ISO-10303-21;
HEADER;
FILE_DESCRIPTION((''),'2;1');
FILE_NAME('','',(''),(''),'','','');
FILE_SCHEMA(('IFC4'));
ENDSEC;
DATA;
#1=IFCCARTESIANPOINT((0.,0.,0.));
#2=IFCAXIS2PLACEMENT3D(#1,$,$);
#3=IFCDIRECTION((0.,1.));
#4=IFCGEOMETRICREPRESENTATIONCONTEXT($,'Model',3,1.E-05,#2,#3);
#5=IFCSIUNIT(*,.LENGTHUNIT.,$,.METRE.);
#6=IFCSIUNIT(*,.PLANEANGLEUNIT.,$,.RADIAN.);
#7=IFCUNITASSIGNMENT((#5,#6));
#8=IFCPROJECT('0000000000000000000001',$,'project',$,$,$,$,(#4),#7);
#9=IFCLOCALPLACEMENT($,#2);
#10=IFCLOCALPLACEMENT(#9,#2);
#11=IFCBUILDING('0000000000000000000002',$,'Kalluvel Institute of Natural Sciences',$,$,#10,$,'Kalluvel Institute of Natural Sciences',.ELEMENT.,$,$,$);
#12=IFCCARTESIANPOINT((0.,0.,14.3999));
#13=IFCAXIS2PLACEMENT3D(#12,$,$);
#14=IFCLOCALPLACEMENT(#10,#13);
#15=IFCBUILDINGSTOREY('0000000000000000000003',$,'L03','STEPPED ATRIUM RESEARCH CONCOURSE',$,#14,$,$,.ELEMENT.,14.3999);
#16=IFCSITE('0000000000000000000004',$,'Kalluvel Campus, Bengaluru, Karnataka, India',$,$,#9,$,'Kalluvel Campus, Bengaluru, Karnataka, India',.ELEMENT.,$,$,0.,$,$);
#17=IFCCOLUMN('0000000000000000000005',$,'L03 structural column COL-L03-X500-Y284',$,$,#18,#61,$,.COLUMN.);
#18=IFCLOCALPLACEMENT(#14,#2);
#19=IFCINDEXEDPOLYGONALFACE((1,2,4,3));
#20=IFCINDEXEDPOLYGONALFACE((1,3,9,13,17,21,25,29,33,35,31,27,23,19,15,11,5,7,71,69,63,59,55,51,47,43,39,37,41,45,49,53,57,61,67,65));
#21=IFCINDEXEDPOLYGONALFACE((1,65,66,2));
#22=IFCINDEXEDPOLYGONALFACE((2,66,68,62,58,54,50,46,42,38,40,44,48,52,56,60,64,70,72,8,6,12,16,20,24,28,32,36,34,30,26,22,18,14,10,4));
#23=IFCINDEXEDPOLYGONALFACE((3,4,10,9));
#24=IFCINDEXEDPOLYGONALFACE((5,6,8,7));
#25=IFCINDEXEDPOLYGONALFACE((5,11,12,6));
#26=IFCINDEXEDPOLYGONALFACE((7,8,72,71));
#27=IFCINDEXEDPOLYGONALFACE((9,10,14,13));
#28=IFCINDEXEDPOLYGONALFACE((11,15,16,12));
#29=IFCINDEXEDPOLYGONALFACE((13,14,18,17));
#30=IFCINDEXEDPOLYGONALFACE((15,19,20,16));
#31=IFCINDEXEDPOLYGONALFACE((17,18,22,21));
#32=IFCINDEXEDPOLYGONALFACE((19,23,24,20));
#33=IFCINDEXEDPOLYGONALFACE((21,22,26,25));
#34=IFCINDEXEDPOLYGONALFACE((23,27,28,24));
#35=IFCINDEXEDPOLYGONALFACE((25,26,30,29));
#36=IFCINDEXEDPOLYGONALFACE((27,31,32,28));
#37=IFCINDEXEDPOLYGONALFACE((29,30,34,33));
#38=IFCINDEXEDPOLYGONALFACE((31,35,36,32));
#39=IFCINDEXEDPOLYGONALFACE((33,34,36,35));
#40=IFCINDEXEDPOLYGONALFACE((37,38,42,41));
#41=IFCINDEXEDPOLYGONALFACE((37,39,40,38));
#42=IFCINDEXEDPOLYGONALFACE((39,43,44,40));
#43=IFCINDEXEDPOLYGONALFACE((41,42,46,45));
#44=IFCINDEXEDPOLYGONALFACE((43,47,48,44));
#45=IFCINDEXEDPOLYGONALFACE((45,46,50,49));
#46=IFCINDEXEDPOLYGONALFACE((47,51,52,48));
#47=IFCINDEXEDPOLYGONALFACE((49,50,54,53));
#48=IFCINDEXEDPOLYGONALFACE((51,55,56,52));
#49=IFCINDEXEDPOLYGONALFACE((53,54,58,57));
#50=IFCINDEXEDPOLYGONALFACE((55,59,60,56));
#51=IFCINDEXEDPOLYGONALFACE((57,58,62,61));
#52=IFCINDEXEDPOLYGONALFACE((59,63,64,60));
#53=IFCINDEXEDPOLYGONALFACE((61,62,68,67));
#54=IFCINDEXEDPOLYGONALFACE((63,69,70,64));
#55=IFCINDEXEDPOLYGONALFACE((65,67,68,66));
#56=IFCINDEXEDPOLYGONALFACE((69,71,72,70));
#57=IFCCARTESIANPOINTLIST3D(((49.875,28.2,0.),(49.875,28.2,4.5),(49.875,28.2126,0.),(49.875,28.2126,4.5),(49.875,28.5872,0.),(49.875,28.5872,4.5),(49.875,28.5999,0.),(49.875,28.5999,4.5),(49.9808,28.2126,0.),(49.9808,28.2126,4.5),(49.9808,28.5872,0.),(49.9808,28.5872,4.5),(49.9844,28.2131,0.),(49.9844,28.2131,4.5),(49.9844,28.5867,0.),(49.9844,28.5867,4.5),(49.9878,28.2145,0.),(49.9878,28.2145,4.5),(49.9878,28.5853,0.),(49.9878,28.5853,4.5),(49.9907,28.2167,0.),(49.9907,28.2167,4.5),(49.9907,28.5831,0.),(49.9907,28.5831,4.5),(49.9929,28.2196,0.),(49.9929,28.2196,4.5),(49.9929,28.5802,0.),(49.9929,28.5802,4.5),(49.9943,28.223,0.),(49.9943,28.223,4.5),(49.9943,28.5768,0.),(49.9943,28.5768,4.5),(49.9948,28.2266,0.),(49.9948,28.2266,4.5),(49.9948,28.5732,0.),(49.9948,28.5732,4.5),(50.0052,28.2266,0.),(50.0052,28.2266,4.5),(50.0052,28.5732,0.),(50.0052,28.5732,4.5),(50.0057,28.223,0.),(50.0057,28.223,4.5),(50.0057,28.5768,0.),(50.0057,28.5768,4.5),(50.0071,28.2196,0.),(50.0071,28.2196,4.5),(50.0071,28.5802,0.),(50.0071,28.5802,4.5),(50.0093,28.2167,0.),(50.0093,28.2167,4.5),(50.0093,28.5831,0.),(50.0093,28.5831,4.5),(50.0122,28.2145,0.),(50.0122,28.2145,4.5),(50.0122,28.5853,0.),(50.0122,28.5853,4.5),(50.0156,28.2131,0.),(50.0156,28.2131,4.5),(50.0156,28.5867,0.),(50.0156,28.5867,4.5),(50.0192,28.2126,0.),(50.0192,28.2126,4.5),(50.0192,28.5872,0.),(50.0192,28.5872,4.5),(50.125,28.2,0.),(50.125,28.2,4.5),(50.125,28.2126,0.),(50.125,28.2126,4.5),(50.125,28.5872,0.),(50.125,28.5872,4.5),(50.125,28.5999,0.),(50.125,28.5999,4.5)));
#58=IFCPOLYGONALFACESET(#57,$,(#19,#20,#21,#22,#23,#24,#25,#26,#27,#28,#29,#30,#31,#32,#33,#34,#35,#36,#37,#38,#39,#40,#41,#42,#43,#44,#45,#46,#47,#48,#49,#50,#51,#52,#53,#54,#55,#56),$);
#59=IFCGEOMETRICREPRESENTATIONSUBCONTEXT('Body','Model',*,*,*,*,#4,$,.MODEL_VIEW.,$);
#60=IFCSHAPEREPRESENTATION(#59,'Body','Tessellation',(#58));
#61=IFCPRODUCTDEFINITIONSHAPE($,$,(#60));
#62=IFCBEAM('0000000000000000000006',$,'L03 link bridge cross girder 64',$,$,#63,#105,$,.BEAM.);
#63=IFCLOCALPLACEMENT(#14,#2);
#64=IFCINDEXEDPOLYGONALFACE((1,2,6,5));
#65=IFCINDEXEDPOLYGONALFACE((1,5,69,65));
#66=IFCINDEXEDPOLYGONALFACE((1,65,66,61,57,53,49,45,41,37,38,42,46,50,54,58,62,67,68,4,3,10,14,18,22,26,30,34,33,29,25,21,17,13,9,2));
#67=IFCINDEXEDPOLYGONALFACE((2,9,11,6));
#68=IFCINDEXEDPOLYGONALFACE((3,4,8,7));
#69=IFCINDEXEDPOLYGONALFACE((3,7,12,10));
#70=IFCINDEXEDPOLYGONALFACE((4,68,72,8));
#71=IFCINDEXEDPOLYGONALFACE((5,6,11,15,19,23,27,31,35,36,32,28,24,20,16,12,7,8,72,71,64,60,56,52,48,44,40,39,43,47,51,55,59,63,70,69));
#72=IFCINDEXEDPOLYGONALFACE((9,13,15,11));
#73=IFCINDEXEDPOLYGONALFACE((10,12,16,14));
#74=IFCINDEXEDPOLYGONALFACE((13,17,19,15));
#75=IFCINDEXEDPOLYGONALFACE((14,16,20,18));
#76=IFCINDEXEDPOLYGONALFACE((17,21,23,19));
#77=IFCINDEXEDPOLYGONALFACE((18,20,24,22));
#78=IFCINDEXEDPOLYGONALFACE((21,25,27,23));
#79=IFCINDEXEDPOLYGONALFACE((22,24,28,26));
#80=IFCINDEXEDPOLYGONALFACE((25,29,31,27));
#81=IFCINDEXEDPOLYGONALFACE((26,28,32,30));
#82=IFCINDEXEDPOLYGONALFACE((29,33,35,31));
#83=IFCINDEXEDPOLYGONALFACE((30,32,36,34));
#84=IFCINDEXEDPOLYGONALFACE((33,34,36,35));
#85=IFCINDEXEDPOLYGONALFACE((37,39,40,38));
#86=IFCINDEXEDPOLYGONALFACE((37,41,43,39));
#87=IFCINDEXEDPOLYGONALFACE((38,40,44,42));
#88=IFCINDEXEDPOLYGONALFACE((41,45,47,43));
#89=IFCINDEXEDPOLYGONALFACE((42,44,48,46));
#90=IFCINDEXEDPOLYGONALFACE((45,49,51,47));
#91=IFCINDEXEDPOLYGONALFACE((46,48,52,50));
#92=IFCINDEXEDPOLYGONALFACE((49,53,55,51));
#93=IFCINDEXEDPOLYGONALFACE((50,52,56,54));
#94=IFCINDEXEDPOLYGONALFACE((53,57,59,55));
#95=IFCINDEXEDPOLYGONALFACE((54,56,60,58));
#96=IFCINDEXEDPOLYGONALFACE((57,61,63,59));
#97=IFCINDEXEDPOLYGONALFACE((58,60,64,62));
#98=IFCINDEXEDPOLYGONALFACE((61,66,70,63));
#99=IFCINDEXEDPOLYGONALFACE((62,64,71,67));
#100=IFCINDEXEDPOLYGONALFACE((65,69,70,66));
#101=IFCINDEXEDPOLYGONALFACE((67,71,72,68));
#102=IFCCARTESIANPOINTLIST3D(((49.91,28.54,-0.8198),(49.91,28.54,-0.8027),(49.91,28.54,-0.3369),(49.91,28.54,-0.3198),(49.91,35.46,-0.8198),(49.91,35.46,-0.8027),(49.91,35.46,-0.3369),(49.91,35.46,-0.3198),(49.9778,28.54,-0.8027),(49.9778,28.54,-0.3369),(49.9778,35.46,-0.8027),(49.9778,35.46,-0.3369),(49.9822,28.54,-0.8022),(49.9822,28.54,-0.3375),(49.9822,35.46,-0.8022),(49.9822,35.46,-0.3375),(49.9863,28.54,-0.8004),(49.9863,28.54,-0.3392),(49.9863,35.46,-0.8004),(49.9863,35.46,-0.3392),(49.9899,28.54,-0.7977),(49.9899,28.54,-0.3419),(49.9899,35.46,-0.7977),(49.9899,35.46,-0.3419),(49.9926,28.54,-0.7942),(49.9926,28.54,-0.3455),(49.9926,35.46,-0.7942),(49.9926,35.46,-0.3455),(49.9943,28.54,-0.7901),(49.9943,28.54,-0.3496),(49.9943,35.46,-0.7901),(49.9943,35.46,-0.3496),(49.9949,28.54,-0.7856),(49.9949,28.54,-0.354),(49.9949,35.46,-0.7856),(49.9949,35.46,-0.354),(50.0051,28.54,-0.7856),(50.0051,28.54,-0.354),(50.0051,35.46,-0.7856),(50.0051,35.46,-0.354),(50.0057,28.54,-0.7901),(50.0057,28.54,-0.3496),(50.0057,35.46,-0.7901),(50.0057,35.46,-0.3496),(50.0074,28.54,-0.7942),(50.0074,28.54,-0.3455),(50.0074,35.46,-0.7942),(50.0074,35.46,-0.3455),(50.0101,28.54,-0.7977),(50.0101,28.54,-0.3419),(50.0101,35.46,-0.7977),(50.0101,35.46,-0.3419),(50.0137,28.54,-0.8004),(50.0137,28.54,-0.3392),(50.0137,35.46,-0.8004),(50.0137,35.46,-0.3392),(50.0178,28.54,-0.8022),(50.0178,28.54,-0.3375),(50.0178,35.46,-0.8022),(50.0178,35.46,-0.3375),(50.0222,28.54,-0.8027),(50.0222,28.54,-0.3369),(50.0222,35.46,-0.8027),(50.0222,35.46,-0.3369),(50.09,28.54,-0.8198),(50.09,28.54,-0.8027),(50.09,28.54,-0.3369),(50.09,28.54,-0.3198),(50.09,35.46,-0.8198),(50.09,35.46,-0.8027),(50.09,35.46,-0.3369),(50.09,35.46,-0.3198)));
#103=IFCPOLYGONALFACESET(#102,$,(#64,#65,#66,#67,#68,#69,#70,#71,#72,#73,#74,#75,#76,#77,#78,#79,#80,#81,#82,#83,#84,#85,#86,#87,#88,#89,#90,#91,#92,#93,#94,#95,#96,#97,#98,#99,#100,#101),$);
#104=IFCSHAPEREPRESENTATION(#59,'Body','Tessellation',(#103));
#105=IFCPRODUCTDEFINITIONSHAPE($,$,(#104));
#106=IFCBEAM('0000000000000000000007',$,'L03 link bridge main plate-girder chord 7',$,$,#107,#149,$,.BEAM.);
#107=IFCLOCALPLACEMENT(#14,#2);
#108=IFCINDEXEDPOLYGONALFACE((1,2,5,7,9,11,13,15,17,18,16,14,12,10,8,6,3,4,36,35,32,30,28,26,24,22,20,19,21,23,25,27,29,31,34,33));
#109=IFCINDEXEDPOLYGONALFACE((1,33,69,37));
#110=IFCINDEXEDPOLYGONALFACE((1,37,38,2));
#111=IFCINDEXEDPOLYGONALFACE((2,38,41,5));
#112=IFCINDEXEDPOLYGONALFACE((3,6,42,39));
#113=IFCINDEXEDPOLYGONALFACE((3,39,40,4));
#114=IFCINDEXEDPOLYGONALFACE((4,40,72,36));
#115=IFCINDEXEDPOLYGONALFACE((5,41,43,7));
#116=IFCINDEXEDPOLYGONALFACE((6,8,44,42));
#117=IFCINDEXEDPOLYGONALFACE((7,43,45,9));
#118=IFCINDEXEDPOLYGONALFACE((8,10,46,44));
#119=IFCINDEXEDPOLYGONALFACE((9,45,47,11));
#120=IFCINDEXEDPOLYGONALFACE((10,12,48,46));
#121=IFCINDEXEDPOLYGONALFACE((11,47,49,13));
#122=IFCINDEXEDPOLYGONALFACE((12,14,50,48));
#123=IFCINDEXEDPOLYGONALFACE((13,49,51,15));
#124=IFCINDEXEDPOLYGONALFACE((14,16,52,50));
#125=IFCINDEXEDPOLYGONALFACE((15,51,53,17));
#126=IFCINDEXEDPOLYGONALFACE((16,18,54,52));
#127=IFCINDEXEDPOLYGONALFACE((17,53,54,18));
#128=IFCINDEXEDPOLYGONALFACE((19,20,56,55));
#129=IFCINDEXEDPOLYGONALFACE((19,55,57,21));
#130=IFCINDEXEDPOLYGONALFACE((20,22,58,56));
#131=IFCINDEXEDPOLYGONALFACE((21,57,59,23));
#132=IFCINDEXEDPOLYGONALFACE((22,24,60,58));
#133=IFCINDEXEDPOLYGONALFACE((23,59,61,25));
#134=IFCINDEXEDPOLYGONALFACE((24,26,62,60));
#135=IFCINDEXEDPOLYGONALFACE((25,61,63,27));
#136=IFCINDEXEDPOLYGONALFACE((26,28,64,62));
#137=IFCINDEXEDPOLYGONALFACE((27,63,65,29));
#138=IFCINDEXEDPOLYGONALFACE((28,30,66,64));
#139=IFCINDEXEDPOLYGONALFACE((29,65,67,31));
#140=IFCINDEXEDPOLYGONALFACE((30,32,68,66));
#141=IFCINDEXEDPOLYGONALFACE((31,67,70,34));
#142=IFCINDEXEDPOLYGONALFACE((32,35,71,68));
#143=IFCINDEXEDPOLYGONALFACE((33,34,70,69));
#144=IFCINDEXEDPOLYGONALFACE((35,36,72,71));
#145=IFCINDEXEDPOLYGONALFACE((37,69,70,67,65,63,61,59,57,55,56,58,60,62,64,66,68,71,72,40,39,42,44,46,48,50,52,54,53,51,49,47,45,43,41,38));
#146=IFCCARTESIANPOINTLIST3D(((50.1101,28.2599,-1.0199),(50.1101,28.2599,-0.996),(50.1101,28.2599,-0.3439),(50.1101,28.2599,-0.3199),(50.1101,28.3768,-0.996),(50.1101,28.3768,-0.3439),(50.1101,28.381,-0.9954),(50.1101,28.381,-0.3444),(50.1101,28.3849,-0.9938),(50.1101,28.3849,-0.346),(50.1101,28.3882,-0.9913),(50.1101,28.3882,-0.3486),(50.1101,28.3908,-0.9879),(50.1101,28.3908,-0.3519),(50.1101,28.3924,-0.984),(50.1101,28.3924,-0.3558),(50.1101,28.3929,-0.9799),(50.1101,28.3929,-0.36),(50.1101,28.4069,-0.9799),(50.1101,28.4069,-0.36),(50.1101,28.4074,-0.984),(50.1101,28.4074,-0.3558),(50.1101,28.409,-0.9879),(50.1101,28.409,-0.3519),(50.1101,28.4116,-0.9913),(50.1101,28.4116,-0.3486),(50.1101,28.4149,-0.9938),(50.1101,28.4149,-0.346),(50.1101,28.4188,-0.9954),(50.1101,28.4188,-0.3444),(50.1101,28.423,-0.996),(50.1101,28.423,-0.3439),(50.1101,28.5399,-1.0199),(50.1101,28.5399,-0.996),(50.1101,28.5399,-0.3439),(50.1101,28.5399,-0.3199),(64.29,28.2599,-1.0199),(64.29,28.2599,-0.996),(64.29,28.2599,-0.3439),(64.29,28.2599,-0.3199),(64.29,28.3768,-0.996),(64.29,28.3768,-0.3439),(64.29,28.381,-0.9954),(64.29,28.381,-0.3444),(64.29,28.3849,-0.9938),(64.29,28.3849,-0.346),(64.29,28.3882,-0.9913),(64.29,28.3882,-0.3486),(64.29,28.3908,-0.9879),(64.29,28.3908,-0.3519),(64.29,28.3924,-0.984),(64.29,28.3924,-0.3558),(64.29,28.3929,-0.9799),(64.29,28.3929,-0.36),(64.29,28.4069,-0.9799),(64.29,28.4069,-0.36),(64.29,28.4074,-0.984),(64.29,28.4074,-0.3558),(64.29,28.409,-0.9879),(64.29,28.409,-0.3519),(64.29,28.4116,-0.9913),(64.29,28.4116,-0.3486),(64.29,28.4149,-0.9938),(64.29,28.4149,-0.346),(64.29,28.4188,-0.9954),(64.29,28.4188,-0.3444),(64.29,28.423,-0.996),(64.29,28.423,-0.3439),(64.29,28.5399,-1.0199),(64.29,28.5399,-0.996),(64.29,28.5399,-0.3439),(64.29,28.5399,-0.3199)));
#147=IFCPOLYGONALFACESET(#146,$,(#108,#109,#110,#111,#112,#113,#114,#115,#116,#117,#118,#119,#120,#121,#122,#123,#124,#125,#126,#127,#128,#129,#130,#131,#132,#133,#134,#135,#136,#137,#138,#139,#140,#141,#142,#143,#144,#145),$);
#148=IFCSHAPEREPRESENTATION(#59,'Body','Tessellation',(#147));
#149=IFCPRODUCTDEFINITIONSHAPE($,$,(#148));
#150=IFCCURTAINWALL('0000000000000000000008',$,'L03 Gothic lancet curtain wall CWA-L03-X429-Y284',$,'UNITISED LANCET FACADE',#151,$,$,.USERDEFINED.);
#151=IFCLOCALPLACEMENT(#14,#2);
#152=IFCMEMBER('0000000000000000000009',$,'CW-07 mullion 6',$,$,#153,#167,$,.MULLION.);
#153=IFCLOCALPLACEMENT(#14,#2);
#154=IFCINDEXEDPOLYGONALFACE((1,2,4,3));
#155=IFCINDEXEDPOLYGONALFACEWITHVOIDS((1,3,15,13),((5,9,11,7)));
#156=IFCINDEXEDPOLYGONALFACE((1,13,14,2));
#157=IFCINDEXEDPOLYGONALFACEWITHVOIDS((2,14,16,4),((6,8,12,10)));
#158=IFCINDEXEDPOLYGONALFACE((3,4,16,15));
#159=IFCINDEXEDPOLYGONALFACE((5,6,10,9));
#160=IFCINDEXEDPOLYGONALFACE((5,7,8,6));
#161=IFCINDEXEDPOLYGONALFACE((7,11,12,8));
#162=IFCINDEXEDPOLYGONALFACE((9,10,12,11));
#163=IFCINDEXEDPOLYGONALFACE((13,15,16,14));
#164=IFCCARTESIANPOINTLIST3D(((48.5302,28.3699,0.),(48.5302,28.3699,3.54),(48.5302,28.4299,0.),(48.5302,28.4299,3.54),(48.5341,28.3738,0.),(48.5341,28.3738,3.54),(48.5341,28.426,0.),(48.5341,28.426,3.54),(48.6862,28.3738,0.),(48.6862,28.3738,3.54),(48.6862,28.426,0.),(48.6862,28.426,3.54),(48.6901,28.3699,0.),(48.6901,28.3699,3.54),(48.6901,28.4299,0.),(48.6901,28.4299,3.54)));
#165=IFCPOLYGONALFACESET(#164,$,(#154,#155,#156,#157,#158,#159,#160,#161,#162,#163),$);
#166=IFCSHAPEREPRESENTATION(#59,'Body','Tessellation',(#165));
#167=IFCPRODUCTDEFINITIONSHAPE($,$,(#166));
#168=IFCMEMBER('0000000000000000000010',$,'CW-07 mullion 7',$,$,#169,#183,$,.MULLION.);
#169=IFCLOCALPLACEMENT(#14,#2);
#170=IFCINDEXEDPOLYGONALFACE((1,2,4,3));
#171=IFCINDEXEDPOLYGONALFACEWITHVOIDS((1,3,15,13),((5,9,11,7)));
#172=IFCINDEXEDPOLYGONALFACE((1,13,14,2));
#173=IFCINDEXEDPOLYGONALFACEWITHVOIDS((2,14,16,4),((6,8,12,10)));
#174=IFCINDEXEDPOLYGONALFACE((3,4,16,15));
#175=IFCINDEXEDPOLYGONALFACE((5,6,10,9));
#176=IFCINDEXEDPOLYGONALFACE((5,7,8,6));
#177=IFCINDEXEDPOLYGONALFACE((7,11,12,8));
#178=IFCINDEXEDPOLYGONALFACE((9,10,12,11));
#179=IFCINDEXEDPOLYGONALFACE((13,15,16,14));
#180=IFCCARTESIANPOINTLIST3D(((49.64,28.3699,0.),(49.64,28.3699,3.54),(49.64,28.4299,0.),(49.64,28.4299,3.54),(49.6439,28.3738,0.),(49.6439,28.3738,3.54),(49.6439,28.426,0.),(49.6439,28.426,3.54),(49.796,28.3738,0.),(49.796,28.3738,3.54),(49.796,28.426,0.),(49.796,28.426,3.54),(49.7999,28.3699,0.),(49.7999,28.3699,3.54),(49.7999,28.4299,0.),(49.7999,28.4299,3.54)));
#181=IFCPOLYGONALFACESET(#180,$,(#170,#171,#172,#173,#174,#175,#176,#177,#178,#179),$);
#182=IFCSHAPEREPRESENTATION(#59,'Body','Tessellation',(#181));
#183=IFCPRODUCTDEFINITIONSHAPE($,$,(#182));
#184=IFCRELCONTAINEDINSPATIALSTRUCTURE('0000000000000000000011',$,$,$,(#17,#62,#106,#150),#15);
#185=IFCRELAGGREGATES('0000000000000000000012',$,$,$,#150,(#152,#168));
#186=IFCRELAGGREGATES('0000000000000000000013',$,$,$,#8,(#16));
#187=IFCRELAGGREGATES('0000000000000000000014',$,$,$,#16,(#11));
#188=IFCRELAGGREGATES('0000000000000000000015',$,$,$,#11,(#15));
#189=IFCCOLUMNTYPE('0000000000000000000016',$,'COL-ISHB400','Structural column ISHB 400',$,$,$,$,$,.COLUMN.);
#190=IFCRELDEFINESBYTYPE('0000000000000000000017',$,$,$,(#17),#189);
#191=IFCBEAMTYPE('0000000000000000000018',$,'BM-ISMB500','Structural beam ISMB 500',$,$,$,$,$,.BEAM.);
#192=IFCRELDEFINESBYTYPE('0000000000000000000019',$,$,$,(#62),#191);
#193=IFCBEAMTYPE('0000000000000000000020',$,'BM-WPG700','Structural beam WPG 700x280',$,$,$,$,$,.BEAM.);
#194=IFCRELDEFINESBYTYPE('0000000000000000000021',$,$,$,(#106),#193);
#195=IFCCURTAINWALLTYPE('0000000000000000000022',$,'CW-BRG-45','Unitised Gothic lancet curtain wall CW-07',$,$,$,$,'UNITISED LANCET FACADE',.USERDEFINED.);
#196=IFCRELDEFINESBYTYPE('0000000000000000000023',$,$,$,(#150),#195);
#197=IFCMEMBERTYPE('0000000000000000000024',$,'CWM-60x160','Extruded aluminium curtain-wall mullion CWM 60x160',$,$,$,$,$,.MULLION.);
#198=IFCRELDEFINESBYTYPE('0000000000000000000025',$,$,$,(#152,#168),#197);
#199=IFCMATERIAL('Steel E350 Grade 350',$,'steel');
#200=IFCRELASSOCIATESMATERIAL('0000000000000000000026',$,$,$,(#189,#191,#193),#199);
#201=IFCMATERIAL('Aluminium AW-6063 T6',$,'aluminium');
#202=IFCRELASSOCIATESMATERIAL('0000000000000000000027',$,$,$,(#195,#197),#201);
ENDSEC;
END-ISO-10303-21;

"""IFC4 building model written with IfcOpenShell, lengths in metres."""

from ifc_helpers import new_model, si_unit, direction, frame, origin, origin_2d, place, context, subcontext, project, spatial, hollow_rectangle, i_section, extrude, material, material_profile, profile_set, type_object, element, aggregate, save


model = new_model("IFC4")

# Units and contexts
model_context = context("Model", 3, precision=1e-05, world=origin(), true_north=direction((0.0, 1.0)))
body_context = subcontext(model_context, "Body", "Model", "MODEL_VIEW")
ifc_project = project(units=[si_unit("LENGTHUNIT", "METRE"), si_unit("PLANEANGLEUNIT", "RADIAN")], contexts=[model_context])

# Site, building, storey
site_placement = place(None, origin())
site = spatial("IfcSite", under=ifc_project, at=site_placement, Name="Kalluvel Campus, Bengaluru, Karnataka, India", LongName="Kalluvel Campus, Bengaluru, Karnataka, India", CompositionType="ELEMENT", RefElevation=0.0)
building_placement = place(site_placement, origin())
building = spatial("IfcBuilding", under=site, at=building_placement, Name="Kalluvel Institute of Natural Sciences", LongName="Kalluvel Institute of Natural Sciences", CompositionType="ELEMENT")
storey_placement = place(building_placement, frame((0.0, 0.0, 14.3999)))
storey = spatial("IfcBuildingStorey", under=building, at=storey_placement, Name="L03", Description="STEPPED ATRIUM RESEARCH CONCOURSE", CompositionType="ELEMENT", Elevation=14.3999)

# Column
ifc_material_1 = material(Name="Steel E350 Grade 350", Category="steel")
ifc_material_profile_1 = material_profile(ifc_material_1, i_section(OverallWidth=0.25, OverallDepth=0.3999, WebThickness=0.0105, FlangeThickness=0.0127, FilletRadius=0.0139, at=origin_2d()), Name="ISHB 400")
ifc_profile_set_1 = profile_set([ifc_material_profile_1], Name="Steel E350 Grade 350")
column_type = type_object("IfcColumnType", Name="COL-ISHB400", Description="Structural column ISHB 400", PredefinedType="COLUMN", material=ifc_profile_set_1)
column_placement = place(storey_placement, frame((50.0, 28.3999, 0.0), z_axis=(0.0, 0.0, 1.0), x_axis=(1.0, 0.0, 0.0)))
element("IfcColumn", 1, at=column_placement, inside=storey, type_object=column_type, Name="L03 structural column COL-L03-X500-Y284", PredefinedType="COLUMN", context=body_context, shape_type="SweptSolid", body=[
    extrude(i_section(OverallWidth=0.25, OverallDepth=0.3999, WebThickness=0.0105, FlangeThickness=0.0127, FilletRadius=0.0139, at=origin_2d()), origin(), (0.0, 0.0, 1.0), 4.5),
])

# Beams
ifc_material_profile_2 = material_profile(ifc_material_1, i_section(OverallWidth=0.1799, OverallDepth=0.5, WebThickness=0.0103, FlangeThickness=0.0171, FilletRadius=0.0171, at=origin_2d()), Name="ISMB 500")
ifc_profile_set_2 = profile_set([ifc_material_profile_2], Name="Steel E350 Grade 350")
beam_type_1 = type_object("IfcBeamType", Name="BM-ISMB500", Description="Structural beam ISMB 500", PredefinedType="BEAM", material=ifc_profile_set_2)
beam_1_placement = place(storey_placement, frame((50.0, 28.54, -0.5698), z_axis=(0.0, 1.0, 0.0), x_axis=(-1.0, 0.0, 0.0)))
element("IfcBeam", 2, at=beam_1_placement, inside=storey, type_object=beam_type_1, Name="L03 link bridge cross girder 64", PredefinedType="BEAM", context=body_context, shape_type="SweptSolid", body=[
    extrude(i_section(OverallWidth=0.1799, OverallDepth=0.5, WebThickness=0.0103, FlangeThickness=0.0171, FilletRadius=0.0171, at=origin_2d()), origin(), (0.0, 0.0, 1.0), 6.9199),
])
ifc_material_profile_3 = material_profile(ifc_material_1, i_section(OverallWidth=0.28, OverallDepth=0.7, WebThickness=0.0139, FlangeThickness=0.0239, FilletRadius=0.0161, at=origin_2d()), Name="WPG 700x280")
ifc_profile_set_3 = profile_set([ifc_material_profile_3], Name="Steel E350 Grade 350")
beam_type_2 = type_object("IfcBeamType", Name="BM-WPG700", Description="Structural beam WPG 700x280", PredefinedType="BEAM", material=ifc_profile_set_3)
beam_2_placement = place(storey_placement, frame((50.1101, 28.3999, -0.6699), z_axis=(1.0, 0.0, 0.0), x_axis=(0.0, 1.0, 0.0)))
element("IfcBeam", 3, at=beam_2_placement, inside=storey, type_object=beam_type_2, Name="L03 link bridge main plate-girder chord 7", PredefinedType="BEAM", context=body_context, shape_type="SweptSolid", body=[
    extrude(i_section(OverallWidth=0.28, OverallDepth=0.7, WebThickness=0.0139, FlangeThickness=0.0239, FilletRadius=0.0161, at=origin_2d()), origin(), (0.0, 0.0, 1.0), 14.1799),
])

# Curtain wall, members
ifc_material_2 = material(Name="Aluminium AW-6063 T6", Category="aluminium")
curtain_wall_type = type_object("IfcCurtainWallType", Name="CW-BRG-45", Description="Unitised Gothic lancet curtain wall CW-07", ElementType="UNITISED LANCET FACADE", PredefinedType="USERDEFINED", material=ifc_material_2)
curtain_wall_1_placement = place(storey_placement, origin())
curtain_wall_1 = element("IfcCurtainWall", 4, at=curtain_wall_1_placement, inside=storey, type_object=curtain_wall_type, Name="L03 Gothic lancet curtain wall CWA-L03-X429-Y284", ObjectType="UNITISED LANCET FACADE", PredefinedType="USERDEFINED")
ifc_material_profile_4 = material_profile(ifc_material_2, hollow_rectangle(XDim=0.0601, YDim=0.1599, WallThickness=0.0039, at=origin_2d()), Name="CWM 60x160")
ifc_profile_set_4 = profile_set([ifc_material_profile_4], Name="Aluminium AW-6063 T6")
member_type_1 = type_object("IfcMemberType", Name="CWM-60x160", Description="Extruded aluminium curtain-wall mullion CWM 60x160", PredefinedType="MULLION", material=ifc_profile_set_4)
member_1_placement = place(storey_placement, frame((48.6101, 28.3999, 0.0), z_axis=(0.0, 0.0, 1.0), x_axis=(0.0, 1.0, 0.0)))
member_1 = element("IfcMember", 5, at=member_1_placement, type_object=member_type_1, Name="CW-07 mullion 6", PredefinedType="MULLION", context=body_context, shape_type="SweptSolid", body=[
    extrude(hollow_rectangle(XDim=0.0601, YDim=0.1599, WallThickness=0.0039, at=origin_2d()), origin(), (0.0, 0.0, 1.0), 3.54),
])
member_2_placement = place(storey_placement, frame((49.72, 28.3999, 0.0), z_axis=(0.0, 0.0, 1.0), x_axis=(0.0, 1.0, 0.0)))
member_2 = element("IfcMember", 6, at=member_2_placement, type_object=member_type_1, Name="CW-07 mullion 7", PredefinedType="MULLION", context=body_context, shape_type="SweptSolid", body=[
    extrude(hollow_rectangle(XDim=0.0601, YDim=0.1599, WallThickness=0.0039, at=origin_2d()), origin(), (0.0, 0.0, 1.0), 3.54),
])

aggregate(curtain_wall_1, [member_1, member_2])

save(model, "model.ifc")
